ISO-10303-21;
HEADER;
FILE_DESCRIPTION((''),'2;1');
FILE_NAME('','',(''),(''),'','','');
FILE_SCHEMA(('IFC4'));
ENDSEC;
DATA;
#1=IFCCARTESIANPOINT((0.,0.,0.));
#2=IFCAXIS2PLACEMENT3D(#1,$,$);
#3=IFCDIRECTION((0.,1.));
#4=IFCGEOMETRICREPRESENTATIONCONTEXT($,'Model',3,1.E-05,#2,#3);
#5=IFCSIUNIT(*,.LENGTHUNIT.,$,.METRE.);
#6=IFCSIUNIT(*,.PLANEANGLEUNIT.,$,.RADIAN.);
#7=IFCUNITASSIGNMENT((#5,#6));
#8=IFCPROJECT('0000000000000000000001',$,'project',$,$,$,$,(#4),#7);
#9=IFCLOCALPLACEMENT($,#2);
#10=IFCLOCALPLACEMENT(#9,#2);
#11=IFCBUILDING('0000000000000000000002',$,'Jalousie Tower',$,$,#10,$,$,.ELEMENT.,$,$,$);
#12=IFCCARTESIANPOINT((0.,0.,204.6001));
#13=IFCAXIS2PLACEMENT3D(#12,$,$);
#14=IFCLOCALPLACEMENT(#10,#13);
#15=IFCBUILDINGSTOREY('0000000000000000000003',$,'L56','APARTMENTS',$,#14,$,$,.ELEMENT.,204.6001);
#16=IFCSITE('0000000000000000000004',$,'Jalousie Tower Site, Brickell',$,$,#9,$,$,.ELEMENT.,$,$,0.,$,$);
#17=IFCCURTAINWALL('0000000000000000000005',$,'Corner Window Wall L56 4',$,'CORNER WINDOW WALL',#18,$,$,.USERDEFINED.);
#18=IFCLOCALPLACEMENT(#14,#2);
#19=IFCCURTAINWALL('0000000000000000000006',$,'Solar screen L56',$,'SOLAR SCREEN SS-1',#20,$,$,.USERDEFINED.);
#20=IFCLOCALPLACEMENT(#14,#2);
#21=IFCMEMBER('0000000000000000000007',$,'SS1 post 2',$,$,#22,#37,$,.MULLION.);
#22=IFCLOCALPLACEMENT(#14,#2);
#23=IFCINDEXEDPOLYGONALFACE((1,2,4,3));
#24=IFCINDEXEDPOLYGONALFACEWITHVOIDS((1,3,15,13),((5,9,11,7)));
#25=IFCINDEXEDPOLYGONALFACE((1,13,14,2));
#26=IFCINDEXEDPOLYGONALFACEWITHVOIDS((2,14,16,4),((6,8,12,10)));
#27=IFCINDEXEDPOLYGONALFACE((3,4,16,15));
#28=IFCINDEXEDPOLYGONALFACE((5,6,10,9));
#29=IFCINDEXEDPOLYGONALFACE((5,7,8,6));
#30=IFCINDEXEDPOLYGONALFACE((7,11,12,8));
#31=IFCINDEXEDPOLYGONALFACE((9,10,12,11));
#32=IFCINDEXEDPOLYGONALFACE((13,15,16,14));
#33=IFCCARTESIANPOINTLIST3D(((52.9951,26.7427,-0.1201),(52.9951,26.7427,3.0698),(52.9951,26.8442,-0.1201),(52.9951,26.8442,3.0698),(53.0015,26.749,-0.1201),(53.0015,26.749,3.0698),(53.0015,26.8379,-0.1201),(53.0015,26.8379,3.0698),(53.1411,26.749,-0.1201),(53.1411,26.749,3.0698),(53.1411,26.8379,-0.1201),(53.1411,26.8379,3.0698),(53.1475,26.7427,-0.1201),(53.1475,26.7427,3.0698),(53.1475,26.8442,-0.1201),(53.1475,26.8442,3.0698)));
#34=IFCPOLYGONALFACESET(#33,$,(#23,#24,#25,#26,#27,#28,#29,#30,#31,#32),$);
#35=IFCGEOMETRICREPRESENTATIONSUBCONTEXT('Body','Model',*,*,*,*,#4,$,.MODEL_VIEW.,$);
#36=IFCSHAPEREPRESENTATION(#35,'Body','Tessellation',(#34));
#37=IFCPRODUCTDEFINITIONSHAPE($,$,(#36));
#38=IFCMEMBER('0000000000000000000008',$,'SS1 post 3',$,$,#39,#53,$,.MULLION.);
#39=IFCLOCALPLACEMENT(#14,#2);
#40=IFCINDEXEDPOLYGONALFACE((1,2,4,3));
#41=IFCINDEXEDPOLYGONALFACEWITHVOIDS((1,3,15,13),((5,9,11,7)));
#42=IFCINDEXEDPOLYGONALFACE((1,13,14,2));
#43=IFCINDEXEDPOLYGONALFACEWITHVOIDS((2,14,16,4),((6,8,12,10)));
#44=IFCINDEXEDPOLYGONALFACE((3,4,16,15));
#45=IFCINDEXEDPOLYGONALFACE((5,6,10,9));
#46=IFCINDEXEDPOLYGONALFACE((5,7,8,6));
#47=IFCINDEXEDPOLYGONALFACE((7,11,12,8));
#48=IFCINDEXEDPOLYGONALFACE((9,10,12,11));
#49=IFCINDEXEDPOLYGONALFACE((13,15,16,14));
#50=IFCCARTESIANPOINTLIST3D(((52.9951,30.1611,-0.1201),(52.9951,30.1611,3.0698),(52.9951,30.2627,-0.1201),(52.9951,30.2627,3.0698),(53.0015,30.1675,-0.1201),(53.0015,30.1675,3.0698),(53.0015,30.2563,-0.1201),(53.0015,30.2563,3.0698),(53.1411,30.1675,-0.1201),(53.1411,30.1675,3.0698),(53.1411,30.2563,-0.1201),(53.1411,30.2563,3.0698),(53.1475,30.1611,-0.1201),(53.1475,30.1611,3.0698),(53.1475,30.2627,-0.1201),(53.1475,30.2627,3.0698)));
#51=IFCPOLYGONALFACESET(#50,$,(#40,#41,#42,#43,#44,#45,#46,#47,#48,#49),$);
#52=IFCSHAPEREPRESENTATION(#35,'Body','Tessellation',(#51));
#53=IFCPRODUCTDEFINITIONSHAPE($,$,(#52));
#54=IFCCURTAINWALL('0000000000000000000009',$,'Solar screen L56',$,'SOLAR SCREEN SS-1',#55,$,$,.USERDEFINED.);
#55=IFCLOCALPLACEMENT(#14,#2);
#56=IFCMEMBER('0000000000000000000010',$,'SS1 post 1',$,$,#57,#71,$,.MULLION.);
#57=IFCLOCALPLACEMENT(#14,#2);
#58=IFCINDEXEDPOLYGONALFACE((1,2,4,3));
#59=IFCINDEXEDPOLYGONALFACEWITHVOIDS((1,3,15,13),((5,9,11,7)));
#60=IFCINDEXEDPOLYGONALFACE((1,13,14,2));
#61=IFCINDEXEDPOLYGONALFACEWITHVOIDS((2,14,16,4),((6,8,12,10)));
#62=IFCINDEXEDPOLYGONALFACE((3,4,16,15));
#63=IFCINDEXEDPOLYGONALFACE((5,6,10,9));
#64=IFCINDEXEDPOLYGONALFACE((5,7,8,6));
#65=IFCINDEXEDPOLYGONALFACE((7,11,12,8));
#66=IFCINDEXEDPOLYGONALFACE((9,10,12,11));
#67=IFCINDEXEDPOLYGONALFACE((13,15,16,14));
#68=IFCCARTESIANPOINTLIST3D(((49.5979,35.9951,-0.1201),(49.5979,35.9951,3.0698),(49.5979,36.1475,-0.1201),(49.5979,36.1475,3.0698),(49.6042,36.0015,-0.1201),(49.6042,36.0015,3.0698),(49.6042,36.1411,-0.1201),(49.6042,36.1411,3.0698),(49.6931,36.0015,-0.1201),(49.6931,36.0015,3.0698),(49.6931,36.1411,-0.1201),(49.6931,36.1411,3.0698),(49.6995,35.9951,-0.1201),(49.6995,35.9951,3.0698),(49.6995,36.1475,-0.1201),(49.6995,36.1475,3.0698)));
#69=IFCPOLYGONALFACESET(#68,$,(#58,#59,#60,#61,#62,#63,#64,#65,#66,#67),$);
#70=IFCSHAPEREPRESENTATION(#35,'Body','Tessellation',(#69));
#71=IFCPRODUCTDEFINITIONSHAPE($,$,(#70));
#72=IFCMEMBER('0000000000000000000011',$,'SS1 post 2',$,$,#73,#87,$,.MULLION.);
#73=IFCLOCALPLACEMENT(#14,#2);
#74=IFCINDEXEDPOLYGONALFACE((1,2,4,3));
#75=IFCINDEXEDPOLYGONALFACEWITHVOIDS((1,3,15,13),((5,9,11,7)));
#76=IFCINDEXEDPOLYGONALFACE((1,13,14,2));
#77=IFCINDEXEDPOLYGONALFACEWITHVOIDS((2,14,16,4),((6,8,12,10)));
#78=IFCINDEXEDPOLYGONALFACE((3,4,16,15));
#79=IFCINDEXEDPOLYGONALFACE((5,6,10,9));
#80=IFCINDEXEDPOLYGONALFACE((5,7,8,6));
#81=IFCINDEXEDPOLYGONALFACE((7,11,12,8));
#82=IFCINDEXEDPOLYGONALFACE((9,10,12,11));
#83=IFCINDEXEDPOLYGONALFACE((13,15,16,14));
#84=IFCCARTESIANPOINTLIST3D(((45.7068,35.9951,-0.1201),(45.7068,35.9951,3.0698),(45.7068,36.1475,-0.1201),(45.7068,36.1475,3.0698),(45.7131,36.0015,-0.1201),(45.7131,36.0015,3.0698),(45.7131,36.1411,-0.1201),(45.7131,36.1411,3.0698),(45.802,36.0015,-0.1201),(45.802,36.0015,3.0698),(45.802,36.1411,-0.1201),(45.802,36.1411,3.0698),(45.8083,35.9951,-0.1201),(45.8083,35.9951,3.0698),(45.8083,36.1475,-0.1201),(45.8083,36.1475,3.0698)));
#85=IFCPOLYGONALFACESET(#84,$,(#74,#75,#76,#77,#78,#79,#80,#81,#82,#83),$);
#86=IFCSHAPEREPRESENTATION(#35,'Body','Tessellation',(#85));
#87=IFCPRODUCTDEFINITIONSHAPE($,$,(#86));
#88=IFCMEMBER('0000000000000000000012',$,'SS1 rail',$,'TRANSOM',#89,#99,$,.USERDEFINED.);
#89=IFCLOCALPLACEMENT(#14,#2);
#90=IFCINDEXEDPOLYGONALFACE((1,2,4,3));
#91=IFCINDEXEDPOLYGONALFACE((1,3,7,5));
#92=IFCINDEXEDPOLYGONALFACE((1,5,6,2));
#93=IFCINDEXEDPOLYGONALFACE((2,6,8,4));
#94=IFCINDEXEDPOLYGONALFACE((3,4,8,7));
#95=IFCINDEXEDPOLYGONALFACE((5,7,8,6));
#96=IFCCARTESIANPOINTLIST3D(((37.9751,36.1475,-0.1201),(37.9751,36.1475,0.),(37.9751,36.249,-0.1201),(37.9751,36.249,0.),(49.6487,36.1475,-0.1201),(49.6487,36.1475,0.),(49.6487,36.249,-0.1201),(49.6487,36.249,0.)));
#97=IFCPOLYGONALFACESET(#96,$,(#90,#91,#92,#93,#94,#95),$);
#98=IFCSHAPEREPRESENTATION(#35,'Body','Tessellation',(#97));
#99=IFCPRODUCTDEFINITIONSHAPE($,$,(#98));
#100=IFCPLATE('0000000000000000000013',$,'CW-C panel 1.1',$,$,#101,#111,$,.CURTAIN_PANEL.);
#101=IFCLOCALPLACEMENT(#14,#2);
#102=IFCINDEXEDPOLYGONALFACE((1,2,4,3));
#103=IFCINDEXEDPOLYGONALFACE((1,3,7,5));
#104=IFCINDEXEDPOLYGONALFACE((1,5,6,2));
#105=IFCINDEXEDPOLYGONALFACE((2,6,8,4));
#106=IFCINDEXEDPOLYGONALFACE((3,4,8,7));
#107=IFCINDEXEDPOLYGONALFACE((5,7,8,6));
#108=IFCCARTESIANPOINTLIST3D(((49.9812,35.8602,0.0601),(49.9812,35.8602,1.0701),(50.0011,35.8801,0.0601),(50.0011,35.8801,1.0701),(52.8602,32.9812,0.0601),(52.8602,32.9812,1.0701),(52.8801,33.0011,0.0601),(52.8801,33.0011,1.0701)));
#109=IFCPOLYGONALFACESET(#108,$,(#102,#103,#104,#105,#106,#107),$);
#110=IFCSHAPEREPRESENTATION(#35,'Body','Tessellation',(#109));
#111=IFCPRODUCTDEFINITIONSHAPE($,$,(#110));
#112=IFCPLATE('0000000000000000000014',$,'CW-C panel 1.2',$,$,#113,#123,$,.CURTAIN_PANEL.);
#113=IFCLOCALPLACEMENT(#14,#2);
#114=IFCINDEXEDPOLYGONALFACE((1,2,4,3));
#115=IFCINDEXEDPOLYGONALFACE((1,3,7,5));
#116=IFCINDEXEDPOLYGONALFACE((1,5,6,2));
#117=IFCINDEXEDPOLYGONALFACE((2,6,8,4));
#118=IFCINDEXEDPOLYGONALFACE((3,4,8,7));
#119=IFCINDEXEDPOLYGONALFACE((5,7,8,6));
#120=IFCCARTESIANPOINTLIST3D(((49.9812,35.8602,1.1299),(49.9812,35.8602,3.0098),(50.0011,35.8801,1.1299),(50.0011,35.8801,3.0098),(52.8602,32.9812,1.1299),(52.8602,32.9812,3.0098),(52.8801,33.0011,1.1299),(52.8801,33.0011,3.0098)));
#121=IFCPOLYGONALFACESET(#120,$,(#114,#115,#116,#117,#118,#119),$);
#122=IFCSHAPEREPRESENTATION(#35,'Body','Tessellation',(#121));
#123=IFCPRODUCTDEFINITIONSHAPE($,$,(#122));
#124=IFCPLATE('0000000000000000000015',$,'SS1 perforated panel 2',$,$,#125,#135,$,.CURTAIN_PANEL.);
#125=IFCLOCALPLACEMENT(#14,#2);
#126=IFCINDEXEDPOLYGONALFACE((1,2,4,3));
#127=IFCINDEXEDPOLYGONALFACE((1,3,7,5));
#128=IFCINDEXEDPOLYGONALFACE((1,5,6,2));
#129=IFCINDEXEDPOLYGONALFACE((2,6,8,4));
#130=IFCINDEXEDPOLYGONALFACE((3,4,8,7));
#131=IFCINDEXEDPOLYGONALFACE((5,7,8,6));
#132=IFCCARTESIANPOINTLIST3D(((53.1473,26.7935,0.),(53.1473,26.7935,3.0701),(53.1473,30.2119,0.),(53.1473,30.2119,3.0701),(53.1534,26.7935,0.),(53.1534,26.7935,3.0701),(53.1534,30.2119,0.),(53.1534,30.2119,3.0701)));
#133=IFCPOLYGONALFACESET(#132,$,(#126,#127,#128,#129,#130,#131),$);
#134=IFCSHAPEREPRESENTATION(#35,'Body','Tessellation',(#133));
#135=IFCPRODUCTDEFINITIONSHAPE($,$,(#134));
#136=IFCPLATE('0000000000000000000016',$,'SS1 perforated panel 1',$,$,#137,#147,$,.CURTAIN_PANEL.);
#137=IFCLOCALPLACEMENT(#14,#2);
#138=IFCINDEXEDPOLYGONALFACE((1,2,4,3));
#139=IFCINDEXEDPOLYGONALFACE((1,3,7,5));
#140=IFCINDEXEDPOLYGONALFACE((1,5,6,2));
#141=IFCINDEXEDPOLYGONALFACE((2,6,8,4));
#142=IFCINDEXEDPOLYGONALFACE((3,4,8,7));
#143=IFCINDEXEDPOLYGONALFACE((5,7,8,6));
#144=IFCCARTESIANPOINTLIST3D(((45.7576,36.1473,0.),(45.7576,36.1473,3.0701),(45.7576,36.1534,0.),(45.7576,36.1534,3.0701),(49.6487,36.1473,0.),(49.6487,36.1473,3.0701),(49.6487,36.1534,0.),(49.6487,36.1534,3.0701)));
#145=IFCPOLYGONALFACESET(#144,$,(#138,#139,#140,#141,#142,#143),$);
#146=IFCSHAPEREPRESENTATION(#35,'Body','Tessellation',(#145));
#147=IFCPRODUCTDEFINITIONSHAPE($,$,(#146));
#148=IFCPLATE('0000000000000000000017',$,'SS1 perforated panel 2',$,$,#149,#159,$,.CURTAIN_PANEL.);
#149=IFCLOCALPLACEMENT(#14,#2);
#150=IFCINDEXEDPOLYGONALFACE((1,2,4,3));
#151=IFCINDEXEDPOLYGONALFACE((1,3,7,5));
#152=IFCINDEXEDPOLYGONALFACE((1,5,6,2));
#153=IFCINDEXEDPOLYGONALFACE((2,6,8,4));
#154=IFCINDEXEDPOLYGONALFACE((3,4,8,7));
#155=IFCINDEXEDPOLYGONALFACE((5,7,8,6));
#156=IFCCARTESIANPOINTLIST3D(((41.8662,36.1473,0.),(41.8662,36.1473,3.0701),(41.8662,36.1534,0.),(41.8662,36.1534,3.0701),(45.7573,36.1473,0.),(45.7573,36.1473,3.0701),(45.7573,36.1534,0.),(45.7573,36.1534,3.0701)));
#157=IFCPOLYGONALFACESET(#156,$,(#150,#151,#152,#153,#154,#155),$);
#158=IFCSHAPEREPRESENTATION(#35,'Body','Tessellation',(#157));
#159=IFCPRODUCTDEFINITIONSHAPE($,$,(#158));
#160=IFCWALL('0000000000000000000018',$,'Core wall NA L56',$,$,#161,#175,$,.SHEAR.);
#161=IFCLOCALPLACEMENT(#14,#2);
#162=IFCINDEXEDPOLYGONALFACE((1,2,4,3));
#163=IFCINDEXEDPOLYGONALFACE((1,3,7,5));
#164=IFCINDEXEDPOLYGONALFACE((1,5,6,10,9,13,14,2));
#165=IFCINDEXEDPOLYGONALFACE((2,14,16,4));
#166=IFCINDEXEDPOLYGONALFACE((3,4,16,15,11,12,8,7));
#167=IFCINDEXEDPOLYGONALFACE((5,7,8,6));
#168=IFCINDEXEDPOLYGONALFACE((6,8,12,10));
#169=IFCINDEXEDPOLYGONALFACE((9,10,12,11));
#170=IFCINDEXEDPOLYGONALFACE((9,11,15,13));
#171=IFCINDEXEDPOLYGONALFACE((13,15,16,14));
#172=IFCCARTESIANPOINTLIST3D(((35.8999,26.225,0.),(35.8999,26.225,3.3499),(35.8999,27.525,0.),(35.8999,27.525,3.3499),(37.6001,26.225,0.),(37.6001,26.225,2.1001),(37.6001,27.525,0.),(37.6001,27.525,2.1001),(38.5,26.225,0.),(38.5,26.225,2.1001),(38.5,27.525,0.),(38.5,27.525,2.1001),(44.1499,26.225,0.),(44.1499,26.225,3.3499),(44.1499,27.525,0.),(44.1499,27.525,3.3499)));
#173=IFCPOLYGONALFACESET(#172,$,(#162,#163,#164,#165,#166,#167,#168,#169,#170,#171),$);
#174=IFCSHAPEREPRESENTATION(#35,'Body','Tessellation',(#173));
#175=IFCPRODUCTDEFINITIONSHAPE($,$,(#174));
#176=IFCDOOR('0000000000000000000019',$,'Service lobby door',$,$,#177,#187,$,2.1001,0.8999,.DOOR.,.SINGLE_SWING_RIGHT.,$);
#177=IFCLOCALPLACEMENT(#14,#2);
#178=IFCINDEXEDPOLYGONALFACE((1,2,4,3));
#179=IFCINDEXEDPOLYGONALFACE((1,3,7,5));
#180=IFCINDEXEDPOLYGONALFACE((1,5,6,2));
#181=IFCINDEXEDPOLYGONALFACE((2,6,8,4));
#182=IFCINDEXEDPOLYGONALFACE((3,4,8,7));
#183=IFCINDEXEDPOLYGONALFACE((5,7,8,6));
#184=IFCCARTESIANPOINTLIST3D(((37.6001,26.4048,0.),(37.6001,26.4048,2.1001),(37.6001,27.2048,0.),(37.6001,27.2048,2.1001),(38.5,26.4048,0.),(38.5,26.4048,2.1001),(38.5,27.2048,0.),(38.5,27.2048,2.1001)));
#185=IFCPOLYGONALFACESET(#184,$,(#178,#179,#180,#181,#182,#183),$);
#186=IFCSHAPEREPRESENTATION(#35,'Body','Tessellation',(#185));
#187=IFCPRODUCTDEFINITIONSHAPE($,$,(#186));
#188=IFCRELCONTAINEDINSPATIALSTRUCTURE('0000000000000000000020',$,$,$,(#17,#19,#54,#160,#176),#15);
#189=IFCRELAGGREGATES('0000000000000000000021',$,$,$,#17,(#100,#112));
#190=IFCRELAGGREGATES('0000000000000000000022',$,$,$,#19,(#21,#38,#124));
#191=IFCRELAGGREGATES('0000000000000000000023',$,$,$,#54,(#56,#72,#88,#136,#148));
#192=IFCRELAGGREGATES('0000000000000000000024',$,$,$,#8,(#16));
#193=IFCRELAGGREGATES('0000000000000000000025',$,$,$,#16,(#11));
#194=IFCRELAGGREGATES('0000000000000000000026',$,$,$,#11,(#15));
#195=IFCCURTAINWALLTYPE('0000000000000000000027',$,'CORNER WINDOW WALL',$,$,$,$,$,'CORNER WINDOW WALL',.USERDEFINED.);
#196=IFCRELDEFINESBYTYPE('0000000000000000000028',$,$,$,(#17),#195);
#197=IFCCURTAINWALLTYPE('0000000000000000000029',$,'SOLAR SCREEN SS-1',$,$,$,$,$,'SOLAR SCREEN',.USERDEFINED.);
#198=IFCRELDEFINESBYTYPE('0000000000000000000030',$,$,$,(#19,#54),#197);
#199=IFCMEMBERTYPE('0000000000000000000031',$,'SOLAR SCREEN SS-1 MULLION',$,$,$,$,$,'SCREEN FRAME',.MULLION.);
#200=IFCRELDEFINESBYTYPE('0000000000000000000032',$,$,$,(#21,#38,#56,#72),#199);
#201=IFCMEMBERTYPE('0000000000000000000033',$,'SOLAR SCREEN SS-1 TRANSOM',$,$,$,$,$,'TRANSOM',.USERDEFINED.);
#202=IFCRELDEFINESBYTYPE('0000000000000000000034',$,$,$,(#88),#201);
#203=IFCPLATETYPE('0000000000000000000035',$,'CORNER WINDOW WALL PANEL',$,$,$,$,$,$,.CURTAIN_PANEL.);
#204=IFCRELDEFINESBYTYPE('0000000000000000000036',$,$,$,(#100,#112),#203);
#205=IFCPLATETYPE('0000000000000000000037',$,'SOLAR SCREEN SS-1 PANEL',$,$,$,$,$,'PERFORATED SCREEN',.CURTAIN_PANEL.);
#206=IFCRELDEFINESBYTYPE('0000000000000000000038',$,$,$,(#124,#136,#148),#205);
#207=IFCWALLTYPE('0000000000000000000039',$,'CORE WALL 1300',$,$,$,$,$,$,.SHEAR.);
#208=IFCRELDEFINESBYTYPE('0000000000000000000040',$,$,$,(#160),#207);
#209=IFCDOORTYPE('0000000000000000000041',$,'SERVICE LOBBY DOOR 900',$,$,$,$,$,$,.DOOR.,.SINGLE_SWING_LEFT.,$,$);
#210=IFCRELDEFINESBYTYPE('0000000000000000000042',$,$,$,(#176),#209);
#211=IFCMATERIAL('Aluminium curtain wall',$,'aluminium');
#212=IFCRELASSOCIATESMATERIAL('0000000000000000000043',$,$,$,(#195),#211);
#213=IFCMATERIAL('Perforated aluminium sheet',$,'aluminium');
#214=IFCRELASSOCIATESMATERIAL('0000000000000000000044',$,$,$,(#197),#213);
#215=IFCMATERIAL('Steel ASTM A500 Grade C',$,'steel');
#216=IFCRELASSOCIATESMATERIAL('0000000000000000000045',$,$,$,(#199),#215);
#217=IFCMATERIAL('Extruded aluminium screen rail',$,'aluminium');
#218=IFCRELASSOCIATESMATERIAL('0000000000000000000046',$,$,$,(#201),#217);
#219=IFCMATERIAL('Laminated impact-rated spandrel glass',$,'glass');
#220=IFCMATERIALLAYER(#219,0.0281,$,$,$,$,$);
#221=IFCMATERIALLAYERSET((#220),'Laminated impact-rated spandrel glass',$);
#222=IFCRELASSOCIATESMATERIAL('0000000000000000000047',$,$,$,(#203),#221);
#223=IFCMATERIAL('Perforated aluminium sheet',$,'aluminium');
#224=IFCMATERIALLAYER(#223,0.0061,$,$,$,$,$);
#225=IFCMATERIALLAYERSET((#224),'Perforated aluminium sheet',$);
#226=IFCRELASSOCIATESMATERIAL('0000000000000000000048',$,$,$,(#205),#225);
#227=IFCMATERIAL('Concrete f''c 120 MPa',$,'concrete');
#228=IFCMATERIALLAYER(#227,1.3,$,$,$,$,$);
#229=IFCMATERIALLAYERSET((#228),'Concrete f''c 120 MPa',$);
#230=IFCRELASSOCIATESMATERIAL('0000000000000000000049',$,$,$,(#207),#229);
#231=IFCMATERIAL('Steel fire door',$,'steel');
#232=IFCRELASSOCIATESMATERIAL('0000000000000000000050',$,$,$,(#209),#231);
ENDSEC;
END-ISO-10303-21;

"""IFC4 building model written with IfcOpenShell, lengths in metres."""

from ifc_helpers import new_model, si_unit, direction, frame, frame_2d, origin, origin_2d, place, context, subcontext, project, spatial, rectangle, hollow_rectangle, extrude, material, layer, layer_set, material_profile, profile_set, type_object, element, fill, aggregate, save


model = new_model("IFC4")

# Units and contexts
model_context = context("Model", 3, precision=1e-05, world=origin(), true_north=direction((0.0, 1.0)))
body_context = subcontext(model_context, "Body", "Model", "MODEL_VIEW")
ifc_project = project(units=[si_unit("LENGTHUNIT", "METRE"), si_unit("PLANEANGLEUNIT", "RADIAN")], contexts=[model_context])

# Site, building, storey
site_placement = place(None, origin())
site = spatial("IfcSite", under=ifc_project, at=site_placement, Name="Jalousie Tower Site, Brickell", CompositionType="ELEMENT", RefElevation=0.0)
building_placement = place(site_placement, origin())
building = spatial("IfcBuilding", under=site, at=building_placement, Name="Jalousie Tower", CompositionType="ELEMENT")
storey_placement = place(building_placement, frame((0.0, 0.0, 204.6001)))
storey = spatial("IfcBuildingStorey", under=building, at=storey_placement, Name="L56", Description="APARTMENTS", CompositionType="ELEMENT", Elevation=204.6001)

# Curtain wall
ifc_material_1 = material(Name="Aluminium curtain wall", Category="aluminium")
curtain_wall_type_1 = type_object("IfcCurtainWallType", Name="CORNER WINDOW WALL", ElementType="CORNER WINDOW WALL", PredefinedType="USERDEFINED", material=ifc_material_1)
curtain_wall_1_placement = place(storey_placement, origin())
curtain_wall_1 = element("IfcCurtainWall", 1, at=curtain_wall_1_placement, inside=storey, type_object=curtain_wall_type_1, Name="Corner Window Wall L56 4", ObjectType="CORNER WINDOW WALL", PredefinedType="USERDEFINED")

# Curtain walls, members
ifc_material_2 = material(Name="Perforated aluminium sheet", Category="aluminium")
curtain_wall_type_2 = type_object("IfcCurtainWallType", Name="SOLAR SCREEN SS-1", ElementType="SOLAR SCREEN", PredefinedType="USERDEFINED", material=ifc_material_2)
curtain_wall_2_placement = place(storey_placement, origin())
curtain_wall_2 = element("IfcCurtainWall", 2, at=curtain_wall_2_placement, inside=storey, type_object=curtain_wall_type_2, Name="Solar screen L56", ObjectType="SOLAR SCREEN SS-1", PredefinedType="USERDEFINED")
ifc_material_3 = material(Name="Steel ASTM A500 Grade C", Category="steel")
ifc_material_profile_1 = material_profile(ifc_material_3, hollow_rectangle(XDim=0.1016, YDim=0.1523, WallThickness=0.0063, at=origin_2d()), Name="HSS6X4X1/4")
ifc_profile_set_1 = profile_set([ifc_material_profile_1], Name="Steel ASTM A500 Grade C")
member_type_1 = type_object("IfcMemberType", Name="SOLAR SCREEN SS-1 MULLION", ElementType="SCREEN FRAME", PredefinedType="MULLION", material=ifc_profile_set_1)
member_1_placement = place(storey_placement, frame((53.0713, 26.7935, -0.1201), z_axis=(0.0, 0.0, 1.0), x_axis=(0.0, 1.0, 0.0)))
member_1 = element("IfcMember", 3, at=member_1_placement, type_object=member_type_1, Name="SS1 post 2", PredefinedType="MULLION", context=body_context, shape_type="SweptSolid", body=[
    extrude(hollow_rectangle(XDim=0.1016, YDim=0.1523, WallThickness=0.0063, at=origin_2d()), origin(), (0.0, 0.0, 1.0), 3.1899),
])
member_2_placement = place(storey_placement, frame((53.0713, 30.2119, -0.1201), z_axis=(0.0, 0.0, 1.0), x_axis=(0.0, 1.0, 0.0)))
member_2 = element("IfcMember", 4, at=member_2_placement, type_object=member_type_1, Name="SS1 post 3", PredefinedType="MULLION", context=body_context, shape_type="SweptSolid", body=[
    extrude(hollow_rectangle(XDim=0.1016, YDim=0.1523, WallThickness=0.0063, at=origin_2d()), origin(), (0.0, 0.0, 1.0), 3.1899),
])
curtain_wall_3_placement = place(storey_placement, origin())
curtain_wall_3 = element("IfcCurtainWall", 5, at=curtain_wall_3_placement, inside=storey, type_object=curtain_wall_type_2, Name="Solar screen L56", ObjectType="SOLAR SCREEN SS-1", PredefinedType="USERDEFINED")
member_3_placement = place(storey_placement, frame((49.6487, 36.0713, -0.1201), z_axis=(0.0, 0.0, 1.0), x_axis=(-1.0, 0.0, 0.0)))
member_3 = element("IfcMember", 6, at=member_3_placement, type_object=member_type_1, Name="SS1 post 1", PredefinedType="MULLION", context=body_context, shape_type="SweptSolid", body=[
    extrude(hollow_rectangle(XDim=0.1016, YDim=0.1523, WallThickness=0.0063, at=origin_2d()), origin(), (0.0, 0.0, 1.0), 3.1899),
])
member_4_placement = place(storey_placement, frame((45.7576, 36.0713, -0.1201), z_axis=(0.0, 0.0, 1.0), x_axis=(-1.0, 0.0, 0.0)))
member_4 = element("IfcMember", 7, at=member_4_placement, type_object=member_type_1, Name="SS1 post 2", PredefinedType="MULLION", context=body_context, shape_type="SweptSolid", body=[
    extrude(hollow_rectangle(XDim=0.1016, YDim=0.1523, WallThickness=0.0063, at=origin_2d()), origin(), (0.0, 0.0, 1.0), 3.1899),
])
ifc_material_4 = material(Name="Extruded aluminium screen rail", Category="aluminium")
ifc_material_profile_2 = material_profile(ifc_material_4, rectangle(XDim=0.1016, YDim=0.1201, at=origin_2d()), Name="RAIL 102x120")
ifc_profile_set_2 = profile_set([ifc_material_profile_2], Name="Extruded aluminium screen rail")
member_type_2 = type_object("IfcMemberType", Name="SOLAR SCREEN SS-1 TRANSOM", ElementType="TRANSOM", PredefinedType="USERDEFINED", material=ifc_profile_set_2)
member_5_placement = place(storey_placement, frame((49.6487, 36.1982, -0.0601), z_axis=(-1.0, 0.0, 0.0), x_axis=(0.0, -1.0, 0.0)))
member_5 = element("IfcMember", 8, at=member_5_placement, type_object=member_type_2, Name="SS1 rail", ObjectType="TRANSOM", PredefinedType="USERDEFINED", context=body_context, shape_type="SweptSolid", body=[
    extrude(rectangle(XDim=0.1016, YDim=0.1201, at=origin_2d()), origin(), (0.0, 0.0, 1.0), 11.6736),
])

# Plates
ifc_material_5 = material(Name="Laminated impact-rated spandrel glass", Category="glass")
ifc_layer_1 = layer(ifc_material_5, 0.0281)
ifc_layer_set_1 = layer_set([ifc_layer_1], Name="Laminated impact-rated spandrel glass")
plate_type_1 = type_object("IfcPlateType", Name="CORNER WINDOW WALL PANEL", PredefinedType="CURTAIN_PANEL", material=ifc_layer_set_1)
plate_1_placement = place(storey_placement, frame((51.4307, 34.4307, 0.0601), z_axis=(0.0, 0.0, 1.0), x_axis=(-0.707107, 0.707107, 0.0)))
plate_1 = element("IfcPlate", 9, at=plate_1_placement, type_object=plate_type_1, Name="CW-C panel 1.1", PredefinedType="CURTAIN_PANEL", context=body_context, shape_type="SweptSolid", body=[
    extrude(rectangle(XDim=4.0715, YDim=0.0281, at=origin_2d()), origin(), (0.0, 0.0, 1.0), 1.01),
])
plate_2_placement = place(storey_placement, frame((51.4307, 34.4307, 1.1299), z_axis=(0.0, 0.0, 1.0), x_axis=(-0.707107, 0.707107, 0.0)))
plate_2 = element("IfcPlate", 10, at=plate_2_placement, type_object=plate_type_1, Name="CW-C panel 1.2", PredefinedType="CURTAIN_PANEL", context=body_context, shape_type="SweptSolid", body=[
    extrude(rectangle(XDim=4.0715, YDim=0.0281, at=origin_2d()), origin(), (0.0, 0.0, 1.0), 1.8799),
])
aggregate(curtain_wall_1, [plate_1, plate_2])
ifc_material_6 = material(Name="Perforated aluminium sheet", Category="aluminium")
ifc_layer_2 = layer(ifc_material_6, 0.0061)
ifc_layer_set_2 = layer_set([ifc_layer_2], Name="Perforated aluminium sheet")
plate_type_2 = type_object("IfcPlateType", Name="SOLAR SCREEN SS-1 PANEL", ElementType="PERFORATED SCREEN", PredefinedType="CURTAIN_PANEL", material=ifc_layer_set_2)
plate_3_placement = place(storey_placement, frame((53.1504, 28.5027, 0.0), z_axis=(0.0, 0.0, 1.0), x_axis=(0.0, 1.0, 0.0)))
plate_3 = element("IfcPlate", 11, at=plate_3_placement, type_object=plate_type_2, Name="SS1 perforated panel 2", PredefinedType="CURTAIN_PANEL", context=body_context, shape_type="SweptSolid", body=[
    extrude(rectangle(XDim=3.4185, YDim=0.0061, at=origin_2d()), origin(), (0.0, 0.0, 1.0), 3.0701),
])
aggregate(curtain_wall_2, [member_1, member_2, plate_3])
plate_4_placement = place(storey_placement, frame((47.7031, 36.1504, 0.0), z_axis=(0.0, 0.0, 1.0), x_axis=(-1.0, 0.0, 0.0)))
plate_4 = element("IfcPlate", 12, at=plate_4_placement, type_object=plate_type_2, Name="SS1 perforated panel 1", PredefinedType="CURTAIN_PANEL", context=body_context, shape_type="SweptSolid", body=[
    extrude(rectangle(XDim=3.8911, YDim=0.0061, at=origin_2d()), origin(), (0.0, 0.0, 1.0), 3.0701),
])
plate_5_placement = place(storey_placement, frame((43.8118, 36.1504, 0.0), z_axis=(0.0, 0.0, 1.0), x_axis=(-1.0, 0.0, 0.0)))
plate_5 = element("IfcPlate", 13, at=plate_5_placement, type_object=plate_type_2, Name="SS1 perforated panel 2", PredefinedType="CURTAIN_PANEL", context=body_context, shape_type="SweptSolid", body=[
    extrude(rectangle(XDim=3.8911, YDim=0.0061, at=origin_2d()), origin(), (0.0, 0.0, 1.0), 3.0701),
])
aggregate(curtain_wall_3, [member_3, member_4, member_5, plate_4, plate_5])

# Wall, opening, door
ifc_material_7 = material(Name="Concrete f'c 120 MPa", Category="concrete")
ifc_layer_3 = layer(ifc_material_7, 1.3)
ifc_layer_set_3 = layer_set([ifc_layer_3], Name="Concrete f'c 120 MPa")
wall_type_1 = type_object("IfcWallType", Name="CORE WALL 1300", PredefinedType="SHEAR", material=ifc_layer_set_3)
wall_1_placement = place(storey_placement, frame((44.1499, 26.875, 0.0), z_axis=(0.0, 0.0, 1.0), x_axis=(-1.0, 0.0, 0.0)))
wall_1 = element("IfcWall", 14, at=wall_1_placement, inside=storey, type_object=wall_type_1, Name="Core wall NA L56", PredefinedType="SHEAR", context=body_context, shape_type="SweptSolid", body=[
    extrude(rectangle(XDim=8.25, YDim=1.3, at=frame_2d((4.125, 0.0))), origin(), (0.0, 0.0, 1.0), 3.3499),
])
opening_1_placement = place(wall_1_placement, frame((5.6499, 0.0, 0.0)))
opening_1 = element("IfcOpeningElement", 15, at=opening_1_placement, cuts=wall_1, PredefinedType="OPENING", context=body_context, shape_type="SweptSolid", body=[
    extrude(rectangle(XDim=0.8999, YDim=2.1001, at=frame_2d((0.45, 1.05))), frame((0.0, 0.6599, 0.0), z_axis=(0.0, -1.0, 0.0), x_axis=(1.0, 0.0, 0.0)), (0.0, 0.0, 1.0), 1.3201),
])
ifc_material_8 = material(Name="Steel fire door", Category="steel")
door_type_1 = type_object("IfcDoorType", Name="SERVICE LOBBY DOOR 900", OperationType="SINGLE_SWING_LEFT", PredefinedType="DOOR", material=ifc_material_8)
door_1_placement = place(opening_1_placement, origin())
door_1 = element("IfcDoor", 16, at=door_1_placement, inside=storey, type_object=door_type_1, Name="Service lobby door", OperationType="SINGLE_SWING_RIGHT", OverallHeight=2.1001, OverallWidth=0.8999, PredefinedType="DOOR", context=body_context, shape_type="SweptSolid", body=[
    extrude(rectangle(XDim=0.8999, YDim=2.1001, at=frame_2d((0.45, 1.05))), frame((0.0, 0.4702, 0.0), z_axis=(0.0, -1.0, 0.0), x_axis=(1.0, 0.0, 0.0)), (0.0, 0.0, 1.0), 0.8),
])
fill(opening_1, door_1)

save(model, "model.ifc")
